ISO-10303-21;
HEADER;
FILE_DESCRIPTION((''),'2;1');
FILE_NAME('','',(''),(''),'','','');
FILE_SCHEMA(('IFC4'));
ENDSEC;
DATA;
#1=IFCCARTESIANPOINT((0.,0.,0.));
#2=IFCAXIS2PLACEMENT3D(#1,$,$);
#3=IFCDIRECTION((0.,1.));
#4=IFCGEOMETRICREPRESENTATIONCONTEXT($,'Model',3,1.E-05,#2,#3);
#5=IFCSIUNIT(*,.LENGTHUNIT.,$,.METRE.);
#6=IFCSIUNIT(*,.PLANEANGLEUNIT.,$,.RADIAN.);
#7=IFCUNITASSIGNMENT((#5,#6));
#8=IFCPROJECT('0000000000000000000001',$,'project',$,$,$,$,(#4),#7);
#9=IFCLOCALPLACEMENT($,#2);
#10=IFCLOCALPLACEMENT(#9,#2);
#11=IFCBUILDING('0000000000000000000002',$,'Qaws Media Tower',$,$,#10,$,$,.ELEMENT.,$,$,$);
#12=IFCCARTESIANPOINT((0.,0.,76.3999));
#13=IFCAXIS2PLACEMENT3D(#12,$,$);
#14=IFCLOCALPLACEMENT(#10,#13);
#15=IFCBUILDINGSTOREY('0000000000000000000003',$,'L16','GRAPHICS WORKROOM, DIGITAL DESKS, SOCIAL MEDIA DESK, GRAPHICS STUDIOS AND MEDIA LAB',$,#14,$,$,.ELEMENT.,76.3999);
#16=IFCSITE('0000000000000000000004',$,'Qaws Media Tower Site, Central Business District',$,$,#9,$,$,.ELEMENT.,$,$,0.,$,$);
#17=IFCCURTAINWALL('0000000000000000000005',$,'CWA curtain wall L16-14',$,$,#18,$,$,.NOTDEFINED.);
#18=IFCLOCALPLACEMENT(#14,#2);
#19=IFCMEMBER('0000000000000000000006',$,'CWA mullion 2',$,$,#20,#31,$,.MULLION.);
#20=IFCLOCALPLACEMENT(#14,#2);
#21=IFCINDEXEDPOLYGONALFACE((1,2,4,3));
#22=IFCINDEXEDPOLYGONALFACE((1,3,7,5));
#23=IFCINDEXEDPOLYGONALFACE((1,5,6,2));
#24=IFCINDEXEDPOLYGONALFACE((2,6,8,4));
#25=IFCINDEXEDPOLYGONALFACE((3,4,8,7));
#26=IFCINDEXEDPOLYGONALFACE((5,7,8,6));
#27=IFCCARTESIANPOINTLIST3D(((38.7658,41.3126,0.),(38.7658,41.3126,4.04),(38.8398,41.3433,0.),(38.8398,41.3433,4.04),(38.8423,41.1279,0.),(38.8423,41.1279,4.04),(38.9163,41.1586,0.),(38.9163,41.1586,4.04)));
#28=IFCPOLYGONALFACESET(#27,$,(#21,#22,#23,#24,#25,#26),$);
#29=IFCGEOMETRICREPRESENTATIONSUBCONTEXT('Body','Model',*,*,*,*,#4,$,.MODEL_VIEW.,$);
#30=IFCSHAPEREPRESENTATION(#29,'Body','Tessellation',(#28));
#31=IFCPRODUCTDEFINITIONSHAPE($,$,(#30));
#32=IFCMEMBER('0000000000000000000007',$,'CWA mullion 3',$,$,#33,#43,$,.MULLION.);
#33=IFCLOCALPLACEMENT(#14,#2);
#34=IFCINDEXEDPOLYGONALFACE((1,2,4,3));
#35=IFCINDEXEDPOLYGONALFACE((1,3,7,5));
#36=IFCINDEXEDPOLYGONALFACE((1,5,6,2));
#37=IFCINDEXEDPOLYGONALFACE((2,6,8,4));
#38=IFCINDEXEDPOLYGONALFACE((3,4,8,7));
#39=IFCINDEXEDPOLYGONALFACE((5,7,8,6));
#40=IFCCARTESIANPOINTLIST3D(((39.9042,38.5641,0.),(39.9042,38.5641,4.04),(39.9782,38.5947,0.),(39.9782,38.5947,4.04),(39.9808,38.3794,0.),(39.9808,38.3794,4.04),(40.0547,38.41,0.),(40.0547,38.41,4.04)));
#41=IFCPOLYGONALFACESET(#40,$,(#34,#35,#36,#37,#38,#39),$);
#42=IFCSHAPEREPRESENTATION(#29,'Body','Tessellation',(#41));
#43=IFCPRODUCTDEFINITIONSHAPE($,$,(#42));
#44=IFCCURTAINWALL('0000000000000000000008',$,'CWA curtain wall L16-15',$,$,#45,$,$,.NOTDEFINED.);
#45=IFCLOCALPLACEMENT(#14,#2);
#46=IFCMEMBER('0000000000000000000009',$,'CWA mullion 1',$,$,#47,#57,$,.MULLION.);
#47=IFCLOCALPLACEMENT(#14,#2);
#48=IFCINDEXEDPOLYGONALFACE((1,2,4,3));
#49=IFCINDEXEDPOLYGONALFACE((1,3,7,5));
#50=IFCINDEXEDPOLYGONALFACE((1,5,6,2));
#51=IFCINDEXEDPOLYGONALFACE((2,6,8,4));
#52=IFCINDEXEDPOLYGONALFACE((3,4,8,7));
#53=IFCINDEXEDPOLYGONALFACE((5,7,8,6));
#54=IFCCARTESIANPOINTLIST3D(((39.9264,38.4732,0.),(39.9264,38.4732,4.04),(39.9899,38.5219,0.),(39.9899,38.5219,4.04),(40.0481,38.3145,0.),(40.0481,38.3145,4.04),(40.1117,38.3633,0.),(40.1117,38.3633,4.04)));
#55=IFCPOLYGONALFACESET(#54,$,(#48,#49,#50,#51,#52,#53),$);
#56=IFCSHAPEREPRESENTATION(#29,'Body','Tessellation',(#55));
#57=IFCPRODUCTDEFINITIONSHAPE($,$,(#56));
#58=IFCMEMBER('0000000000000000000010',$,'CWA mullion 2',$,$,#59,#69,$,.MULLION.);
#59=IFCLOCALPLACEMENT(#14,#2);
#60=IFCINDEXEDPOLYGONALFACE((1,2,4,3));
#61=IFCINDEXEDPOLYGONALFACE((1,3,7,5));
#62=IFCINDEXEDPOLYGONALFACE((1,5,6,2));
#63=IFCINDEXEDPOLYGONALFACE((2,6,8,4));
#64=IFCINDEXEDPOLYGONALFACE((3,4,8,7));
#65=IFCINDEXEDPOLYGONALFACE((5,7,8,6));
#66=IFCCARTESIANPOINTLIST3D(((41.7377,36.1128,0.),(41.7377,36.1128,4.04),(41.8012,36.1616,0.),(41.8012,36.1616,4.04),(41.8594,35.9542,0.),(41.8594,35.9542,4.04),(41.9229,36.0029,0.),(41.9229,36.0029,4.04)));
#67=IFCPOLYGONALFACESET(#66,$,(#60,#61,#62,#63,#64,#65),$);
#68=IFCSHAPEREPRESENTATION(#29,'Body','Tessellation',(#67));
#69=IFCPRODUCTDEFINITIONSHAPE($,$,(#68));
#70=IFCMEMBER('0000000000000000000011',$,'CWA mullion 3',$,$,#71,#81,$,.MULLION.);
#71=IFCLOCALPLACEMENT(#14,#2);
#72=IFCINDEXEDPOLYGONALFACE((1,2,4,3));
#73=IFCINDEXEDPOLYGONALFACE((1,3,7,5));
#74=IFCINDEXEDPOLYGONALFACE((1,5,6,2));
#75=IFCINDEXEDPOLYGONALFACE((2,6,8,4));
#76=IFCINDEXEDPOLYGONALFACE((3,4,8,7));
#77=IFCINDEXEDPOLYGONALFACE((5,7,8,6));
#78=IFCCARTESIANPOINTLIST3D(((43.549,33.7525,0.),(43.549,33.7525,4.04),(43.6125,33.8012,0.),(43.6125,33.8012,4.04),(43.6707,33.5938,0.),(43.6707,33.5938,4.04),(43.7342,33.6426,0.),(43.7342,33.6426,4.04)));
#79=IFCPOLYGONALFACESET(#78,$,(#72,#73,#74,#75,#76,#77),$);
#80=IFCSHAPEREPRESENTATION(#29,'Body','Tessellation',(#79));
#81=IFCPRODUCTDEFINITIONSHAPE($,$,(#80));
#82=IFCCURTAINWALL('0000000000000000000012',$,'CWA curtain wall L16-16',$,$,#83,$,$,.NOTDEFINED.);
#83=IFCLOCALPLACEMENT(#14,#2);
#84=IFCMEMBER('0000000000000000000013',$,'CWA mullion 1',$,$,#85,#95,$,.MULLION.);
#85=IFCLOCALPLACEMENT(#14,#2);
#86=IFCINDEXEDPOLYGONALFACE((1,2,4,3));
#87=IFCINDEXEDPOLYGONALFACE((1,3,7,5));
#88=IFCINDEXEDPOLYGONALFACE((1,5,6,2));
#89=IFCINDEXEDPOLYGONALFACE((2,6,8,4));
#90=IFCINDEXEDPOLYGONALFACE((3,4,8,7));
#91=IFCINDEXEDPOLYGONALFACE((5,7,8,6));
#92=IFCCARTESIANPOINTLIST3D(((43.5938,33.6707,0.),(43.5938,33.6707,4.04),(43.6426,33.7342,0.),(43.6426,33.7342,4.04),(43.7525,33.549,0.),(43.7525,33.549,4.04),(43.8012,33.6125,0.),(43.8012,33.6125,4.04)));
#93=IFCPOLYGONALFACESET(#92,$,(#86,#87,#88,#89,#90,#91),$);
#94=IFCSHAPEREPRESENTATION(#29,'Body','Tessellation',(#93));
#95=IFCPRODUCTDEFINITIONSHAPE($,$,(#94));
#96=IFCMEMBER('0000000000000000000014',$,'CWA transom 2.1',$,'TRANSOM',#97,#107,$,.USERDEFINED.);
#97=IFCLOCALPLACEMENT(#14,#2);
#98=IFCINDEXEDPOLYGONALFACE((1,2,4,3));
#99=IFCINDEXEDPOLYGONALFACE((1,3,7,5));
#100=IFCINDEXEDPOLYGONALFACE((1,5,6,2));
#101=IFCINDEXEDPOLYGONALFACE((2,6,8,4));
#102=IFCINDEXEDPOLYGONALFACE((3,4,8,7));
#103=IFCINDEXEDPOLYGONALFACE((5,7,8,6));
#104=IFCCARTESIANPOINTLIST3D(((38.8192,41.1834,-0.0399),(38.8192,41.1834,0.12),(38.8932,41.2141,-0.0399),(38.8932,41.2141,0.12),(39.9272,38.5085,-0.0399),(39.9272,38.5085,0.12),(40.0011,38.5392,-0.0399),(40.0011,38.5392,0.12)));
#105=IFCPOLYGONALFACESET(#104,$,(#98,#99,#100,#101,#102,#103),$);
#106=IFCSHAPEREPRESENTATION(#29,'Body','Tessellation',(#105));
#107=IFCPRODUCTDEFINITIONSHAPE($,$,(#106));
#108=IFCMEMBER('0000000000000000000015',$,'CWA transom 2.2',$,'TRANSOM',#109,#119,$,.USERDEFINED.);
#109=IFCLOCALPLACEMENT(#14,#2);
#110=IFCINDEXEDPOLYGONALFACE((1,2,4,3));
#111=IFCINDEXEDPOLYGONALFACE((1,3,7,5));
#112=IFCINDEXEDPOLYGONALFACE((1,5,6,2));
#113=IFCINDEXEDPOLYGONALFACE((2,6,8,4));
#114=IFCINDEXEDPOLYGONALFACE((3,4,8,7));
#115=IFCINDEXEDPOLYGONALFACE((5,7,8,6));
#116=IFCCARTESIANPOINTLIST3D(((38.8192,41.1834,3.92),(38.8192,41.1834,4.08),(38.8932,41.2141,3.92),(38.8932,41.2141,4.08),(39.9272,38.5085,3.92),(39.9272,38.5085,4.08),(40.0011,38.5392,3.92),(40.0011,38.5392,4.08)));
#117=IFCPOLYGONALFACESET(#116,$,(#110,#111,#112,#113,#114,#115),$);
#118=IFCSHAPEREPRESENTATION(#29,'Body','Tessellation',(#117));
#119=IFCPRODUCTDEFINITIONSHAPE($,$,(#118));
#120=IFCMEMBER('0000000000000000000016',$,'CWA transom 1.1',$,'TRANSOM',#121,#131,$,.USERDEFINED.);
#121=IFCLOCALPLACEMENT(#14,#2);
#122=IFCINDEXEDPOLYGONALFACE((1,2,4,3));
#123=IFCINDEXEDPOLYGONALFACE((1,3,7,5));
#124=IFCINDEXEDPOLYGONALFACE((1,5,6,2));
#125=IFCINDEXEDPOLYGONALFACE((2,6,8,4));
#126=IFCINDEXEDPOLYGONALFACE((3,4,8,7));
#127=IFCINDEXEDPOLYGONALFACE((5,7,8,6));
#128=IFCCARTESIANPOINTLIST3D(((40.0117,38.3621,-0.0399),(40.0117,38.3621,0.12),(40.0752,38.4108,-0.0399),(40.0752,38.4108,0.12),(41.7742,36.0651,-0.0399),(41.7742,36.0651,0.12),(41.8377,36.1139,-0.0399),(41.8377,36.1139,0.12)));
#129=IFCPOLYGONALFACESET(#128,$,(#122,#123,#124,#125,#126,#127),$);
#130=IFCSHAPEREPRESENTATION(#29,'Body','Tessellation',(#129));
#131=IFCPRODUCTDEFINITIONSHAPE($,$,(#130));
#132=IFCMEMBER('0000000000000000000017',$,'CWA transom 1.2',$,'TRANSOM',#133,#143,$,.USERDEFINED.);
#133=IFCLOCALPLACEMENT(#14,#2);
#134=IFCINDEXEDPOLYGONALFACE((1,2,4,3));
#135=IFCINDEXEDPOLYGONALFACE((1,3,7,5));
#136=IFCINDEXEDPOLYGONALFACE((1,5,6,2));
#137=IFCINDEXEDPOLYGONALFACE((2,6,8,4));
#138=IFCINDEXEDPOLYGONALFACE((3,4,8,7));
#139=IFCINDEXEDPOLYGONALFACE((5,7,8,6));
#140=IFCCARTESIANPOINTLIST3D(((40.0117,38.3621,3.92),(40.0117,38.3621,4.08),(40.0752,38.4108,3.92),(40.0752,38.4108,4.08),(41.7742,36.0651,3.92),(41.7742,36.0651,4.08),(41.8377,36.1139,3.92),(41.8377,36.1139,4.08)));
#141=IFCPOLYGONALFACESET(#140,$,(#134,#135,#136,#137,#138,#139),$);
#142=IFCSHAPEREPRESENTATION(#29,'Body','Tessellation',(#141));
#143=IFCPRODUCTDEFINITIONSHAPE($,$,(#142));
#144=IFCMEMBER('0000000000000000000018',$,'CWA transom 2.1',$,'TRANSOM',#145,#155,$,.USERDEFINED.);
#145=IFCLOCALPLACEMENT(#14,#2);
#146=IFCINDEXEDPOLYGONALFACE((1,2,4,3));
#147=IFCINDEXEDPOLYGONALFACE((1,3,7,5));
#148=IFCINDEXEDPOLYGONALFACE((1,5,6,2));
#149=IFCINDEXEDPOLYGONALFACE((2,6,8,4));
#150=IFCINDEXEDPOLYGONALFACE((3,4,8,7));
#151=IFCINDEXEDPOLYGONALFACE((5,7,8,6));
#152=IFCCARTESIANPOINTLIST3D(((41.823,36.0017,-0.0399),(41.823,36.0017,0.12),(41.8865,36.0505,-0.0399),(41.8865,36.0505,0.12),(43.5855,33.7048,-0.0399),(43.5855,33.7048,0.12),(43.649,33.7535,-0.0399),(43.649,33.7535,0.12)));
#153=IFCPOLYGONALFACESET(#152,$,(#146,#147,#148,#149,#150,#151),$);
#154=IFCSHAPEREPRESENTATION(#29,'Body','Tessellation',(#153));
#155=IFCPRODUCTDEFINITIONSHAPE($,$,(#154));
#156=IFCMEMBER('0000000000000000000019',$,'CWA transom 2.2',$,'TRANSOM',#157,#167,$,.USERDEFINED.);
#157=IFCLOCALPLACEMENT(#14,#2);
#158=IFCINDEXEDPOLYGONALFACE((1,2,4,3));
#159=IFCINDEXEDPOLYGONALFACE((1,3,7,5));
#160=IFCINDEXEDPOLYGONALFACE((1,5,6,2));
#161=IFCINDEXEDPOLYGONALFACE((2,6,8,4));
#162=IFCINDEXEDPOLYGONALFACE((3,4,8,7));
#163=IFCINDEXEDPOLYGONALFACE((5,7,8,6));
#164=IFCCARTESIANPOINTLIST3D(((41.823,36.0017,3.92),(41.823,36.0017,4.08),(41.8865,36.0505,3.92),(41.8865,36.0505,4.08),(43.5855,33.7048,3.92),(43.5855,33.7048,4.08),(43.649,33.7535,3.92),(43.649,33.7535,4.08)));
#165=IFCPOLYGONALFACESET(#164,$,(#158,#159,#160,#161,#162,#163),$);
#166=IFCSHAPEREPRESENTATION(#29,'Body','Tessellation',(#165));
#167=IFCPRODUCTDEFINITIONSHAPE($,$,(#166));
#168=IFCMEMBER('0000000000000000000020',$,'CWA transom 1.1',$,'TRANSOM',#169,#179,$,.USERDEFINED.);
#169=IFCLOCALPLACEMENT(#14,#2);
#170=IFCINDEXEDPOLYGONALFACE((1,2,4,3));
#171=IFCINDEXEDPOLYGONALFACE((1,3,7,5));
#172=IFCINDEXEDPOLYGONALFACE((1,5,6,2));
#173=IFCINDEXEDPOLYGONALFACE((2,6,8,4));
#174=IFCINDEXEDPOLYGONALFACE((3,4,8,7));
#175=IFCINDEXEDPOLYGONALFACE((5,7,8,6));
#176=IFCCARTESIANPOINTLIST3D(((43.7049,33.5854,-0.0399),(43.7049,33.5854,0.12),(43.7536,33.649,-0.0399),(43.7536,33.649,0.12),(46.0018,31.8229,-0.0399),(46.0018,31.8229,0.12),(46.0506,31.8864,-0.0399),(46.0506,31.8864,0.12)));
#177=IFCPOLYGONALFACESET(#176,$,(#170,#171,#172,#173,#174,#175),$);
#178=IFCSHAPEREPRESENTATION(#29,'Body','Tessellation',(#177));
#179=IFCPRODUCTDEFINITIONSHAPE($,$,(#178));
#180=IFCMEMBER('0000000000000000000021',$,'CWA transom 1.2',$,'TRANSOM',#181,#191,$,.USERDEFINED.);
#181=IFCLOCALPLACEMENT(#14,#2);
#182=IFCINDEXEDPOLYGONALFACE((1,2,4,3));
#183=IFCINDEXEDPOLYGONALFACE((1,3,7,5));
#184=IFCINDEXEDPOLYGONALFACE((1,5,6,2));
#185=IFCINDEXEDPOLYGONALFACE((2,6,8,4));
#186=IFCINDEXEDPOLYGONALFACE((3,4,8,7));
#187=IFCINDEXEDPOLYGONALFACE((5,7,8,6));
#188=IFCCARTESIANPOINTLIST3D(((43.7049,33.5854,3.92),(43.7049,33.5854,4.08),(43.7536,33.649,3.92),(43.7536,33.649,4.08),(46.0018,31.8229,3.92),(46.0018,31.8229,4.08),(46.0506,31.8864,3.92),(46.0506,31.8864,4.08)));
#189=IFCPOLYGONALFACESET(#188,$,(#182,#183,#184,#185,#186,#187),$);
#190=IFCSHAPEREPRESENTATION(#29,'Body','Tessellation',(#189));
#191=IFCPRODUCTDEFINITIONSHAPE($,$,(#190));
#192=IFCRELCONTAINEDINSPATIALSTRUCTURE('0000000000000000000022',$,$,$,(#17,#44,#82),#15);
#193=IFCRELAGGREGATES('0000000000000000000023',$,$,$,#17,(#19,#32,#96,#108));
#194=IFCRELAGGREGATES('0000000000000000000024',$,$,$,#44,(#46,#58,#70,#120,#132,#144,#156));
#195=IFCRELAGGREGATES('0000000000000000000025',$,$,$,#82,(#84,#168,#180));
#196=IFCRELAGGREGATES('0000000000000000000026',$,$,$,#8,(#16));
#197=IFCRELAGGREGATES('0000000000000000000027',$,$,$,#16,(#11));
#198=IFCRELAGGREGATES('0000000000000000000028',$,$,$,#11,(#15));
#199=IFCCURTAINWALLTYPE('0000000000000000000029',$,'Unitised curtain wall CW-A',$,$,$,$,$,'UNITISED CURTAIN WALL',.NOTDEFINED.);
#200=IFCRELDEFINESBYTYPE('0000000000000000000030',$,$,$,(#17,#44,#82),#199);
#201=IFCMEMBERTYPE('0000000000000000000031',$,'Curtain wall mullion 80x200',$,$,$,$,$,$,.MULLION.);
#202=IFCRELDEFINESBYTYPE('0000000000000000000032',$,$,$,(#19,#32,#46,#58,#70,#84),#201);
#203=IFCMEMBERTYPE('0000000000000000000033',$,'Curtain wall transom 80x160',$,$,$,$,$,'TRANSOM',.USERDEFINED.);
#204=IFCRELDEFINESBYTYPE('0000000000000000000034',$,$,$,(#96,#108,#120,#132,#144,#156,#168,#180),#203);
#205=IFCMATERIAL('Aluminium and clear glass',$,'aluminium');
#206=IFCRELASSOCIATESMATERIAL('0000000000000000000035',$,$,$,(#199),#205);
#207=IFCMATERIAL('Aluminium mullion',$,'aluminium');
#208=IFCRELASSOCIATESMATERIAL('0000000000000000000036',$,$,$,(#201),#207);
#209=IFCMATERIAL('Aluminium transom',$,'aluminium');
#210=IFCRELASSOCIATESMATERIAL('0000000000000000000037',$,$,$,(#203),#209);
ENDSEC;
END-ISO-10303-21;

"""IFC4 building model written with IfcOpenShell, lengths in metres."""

from ifc_helpers import new_model, si_unit, direction, frame, origin, origin_2d, place, context, subcontext, project, spatial, rectangle, extrude, material, material_profile, profile_set, type_object, element, aggregate, save


model = new_model("IFC4")

# Units and contexts
model_context = context("Model", 3, precision=1e-05, world=origin(), true_north=direction((0.0, 1.0)))
body_context = subcontext(model_context, "Body", "Model", "MODEL_VIEW")
ifc_project = project(units=[si_unit("LENGTHUNIT", "METRE"), si_unit("PLANEANGLEUNIT", "RADIAN")], contexts=[model_context])

# Site, building, storey
site_placement = place(None, origin())
site = spatial("IfcSite", under=ifc_project, at=site_placement, Name="Qaws Media Tower Site, Central Business District", CompositionType="ELEMENT", RefElevation=0.0)
building_placement = place(site_placement, origin())
building = spatial("IfcBuilding", under=site, at=building_placement, Name="Qaws Media Tower", CompositionType="ELEMENT")
storey_placement = place(building_placement, frame((0.0, 0.0, 76.3999)))
storey = spatial("IfcBuildingStorey", under=building, at=storey_placement, Name="L16", Description="GRAPHICS WORKROOM, DIGITAL DESKS, SOCIAL MEDIA DESK, GRAPHICS STUDIOS AND MEDIA LAB", CompositionType="ELEMENT", Elevation=76.3999)

# Curtain walls, members
ifc_material_1 = material(Name="Aluminium and clear glass", Category="aluminium")
curtain_wall_type = type_object("IfcCurtainWallType", Name="Unitised curtain wall CW-A", ElementType="UNITISED CURTAIN WALL", PredefinedType="NOTDEFINED", material=ifc_material_1)
curtain_wall_1_placement = place(storey_placement, origin())
curtain_wall_1 = element("IfcCurtainWall", 1, at=curtain_wall_1_placement, inside=storey, type_object=curtain_wall_type, Name="CWA curtain wall L16-14", PredefinedType="NOTDEFINED")
ifc_material_2 = material(Name="Aluminium mullion", Category="aluminium")
ifc_material_profile_1 = material_profile(ifc_material_2, rectangle(XDim=0.0801, YDim=0.2, at=origin_2d()), Name="80x200")
ifc_profile_set_1 = profile_set([ifc_material_profile_1], Name="Aluminium mullion")
member_type_1 = type_object("IfcMemberType", Name="Curtain wall mullion 80x200", PredefinedType="MULLION", material=ifc_profile_set_1)
member_1_placement = place(storey_placement, frame((38.8411, 41.2356, 0.0), z_axis=(0.0, 0.0, 1.0), x_axis=(0.92388, 0.382683, 0.0)))
member_1 = element("IfcMember", 2, at=member_1_placement, type_object=member_type_1, Name="CWA mullion 2", PredefinedType="MULLION", context=body_context, shape_type="SweptSolid", body=[
    extrude(rectangle(XDim=0.0801, YDim=0.2, at=origin_2d()), origin(), (0.0, 0.0, 1.0), 4.04),
])
member_2_placement = place(storey_placement, frame((39.9795, 38.4871, 0.0), z_axis=(0.0, 0.0, 1.0), x_axis=(0.92388, 0.382683, 0.0)))
member_2 = element("IfcMember", 3, at=member_2_placement, type_object=member_type_1, Name="CWA mullion 3", PredefinedType="MULLION", context=body_context, shape_type="SweptSolid", body=[
    extrude(rectangle(XDim=0.0801, YDim=0.2, at=origin_2d()), origin(), (0.0, 0.0, 1.0), 4.04),
])
curtain_wall_2_placement = place(storey_placement, origin())
curtain_wall_2 = element("IfcCurtainWall", 4, at=curtain_wall_2_placement, inside=storey, type_object=curtain_wall_type, Name="CWA curtain wall L16-15", PredefinedType="NOTDEFINED")
member_3_placement = place(storey_placement, frame((40.019, 38.4182, 0.0), z_axis=(0.0, 0.0, 1.0), x_axis=(0.793353, 0.608761, 0.0)))
member_3 = element("IfcMember", 5, at=member_3_placement, type_object=member_type_1, Name="CWA mullion 1", PredefinedType="MULLION", context=body_context, shape_type="SweptSolid", body=[
    extrude(rectangle(XDim=0.0801, YDim=0.2, at=origin_2d()), origin(), (0.0, 0.0, 1.0), 4.04),
])
member_4_placement = place(storey_placement, frame((41.8303, 36.0579, 0.0), z_axis=(0.0, 0.0, 1.0), x_axis=(0.793353, 0.608761, 0.0)))
member_4 = element("IfcMember", 6, at=member_4_placement, type_object=member_type_1, Name="CWA mullion 2", PredefinedType="MULLION", context=body_context, shape_type="SweptSolid", body=[
    extrude(rectangle(XDim=0.0801, YDim=0.2, at=origin_2d()), origin(), (0.0, 0.0, 1.0), 4.04),
])
member_5_placement = place(storey_placement, frame((43.6416, 33.6975, 0.0), z_axis=(0.0, 0.0, 1.0), x_axis=(0.793353, 0.608761, 0.0)))
member_5 = element("IfcMember", 7, at=member_5_placement, type_object=member_type_1, Name="CWA mullion 3", PredefinedType="MULLION", context=body_context, shape_type="SweptSolid", body=[
    extrude(rectangle(XDim=0.0801, YDim=0.2, at=origin_2d()), origin(), (0.0, 0.0, 1.0), 4.04),
])

# Curtain wall, member
curtain_wall_3_placement = place(storey_placement, origin())
curtain_wall_3 = element("IfcCurtainWall", 8, at=curtain_wall_3_placement, inside=storey, type_object=curtain_wall_type, Name="CWA curtain wall L16-16", PredefinedType="NOTDEFINED")
member_6_placement = place(storey_placement, frame((43.6975, 33.6416, 0.0), z_axis=(0.0, 0.0, 1.0), x_axis=(0.608761, 0.793353, 0.0)))
member_6 = element("IfcMember", 9, at=member_6_placement, type_object=member_type_1, Name="CWA mullion 1", PredefinedType="MULLION", context=body_context, shape_type="SweptSolid", body=[
    extrude(rectangle(XDim=0.0801, YDim=0.2, at=origin_2d()), origin(), (0.0, 0.0, 1.0), 4.04),
])

# Members
ifc_material_3 = material(Name="Aluminium transom", Category="aluminium")
ifc_material_profile_2 = material_profile(ifc_material_3, rectangle(XDim=0.0801, YDim=0.1599, at=origin_2d()), Name="80x160")
ifc_profile_set_2 = profile_set([ifc_material_profile_2], Name="Aluminium transom")
member_type_2 = type_object("IfcMemberType", Name="Curtain wall transom 80x160", ElementType="TRANSOM", PredefinedType="USERDEFINED", material=ifc_profile_set_2)
member_7_placement = place(storey_placement, frame((38.8562, 41.1987, 0.04), z_axis=(0.382675, -0.923883, 0.0), x_axis=(0.923883, 0.382675, 0.0)))
member_7 = element("IfcMember", 10, at=member_7_placement, type_object=member_type_2, Name="CWA transom 2.1", ObjectType="TRANSOM", PredefinedType="USERDEFINED", context=body_context, shape_type="SweptSolid", body=[
    extrude(rectangle(XDim=0.0801, YDim=0.1599, at=origin_2d()), origin(), (0.0, 0.0, 1.0), 2.8953),
])
member_8_placement = place(storey_placement, frame((38.8562, 41.1987, 4.0), z_axis=(0.382675, -0.923883, 0.0), x_axis=(0.923883, 0.382675, 0.0)))
member_8 = element("IfcMember", 11, at=member_8_placement, type_object=member_type_2, Name="CWA transom 2.2", ObjectType="TRANSOM", PredefinedType="USERDEFINED", context=body_context, shape_type="SweptSolid", body=[
    extrude(rectangle(XDim=0.0801, YDim=0.1599, at=origin_2d()), origin(), (0.0, 0.0, 1.0), 2.8953),
])
member_9_placement = place(storey_placement, frame((40.0435, 38.3865, 0.04), z_axis=(0.608761, -0.793354, 0.0), x_axis=(0.793354, 0.608761, 0.0)))
member_9 = element("IfcMember", 12, at=member_9_placement, type_object=member_type_2, Name="CWA transom 1.1", ObjectType="TRANSOM", PredefinedType="USERDEFINED", context=body_context, shape_type="SweptSolid", body=[
    extrude(rectangle(XDim=0.0801, YDim=0.1599, at=origin_2d()), origin(), (0.0, 0.0, 1.0), 2.8953),
])
member_10_placement = place(storey_placement, frame((40.0435, 38.3865, 4.0), z_axis=(0.608761, -0.793354, 0.0), x_axis=(0.793354, 0.608761, 0.0)))
member_10 = element("IfcMember", 13, at=member_10_placement, type_object=member_type_2, Name="CWA transom 1.2", ObjectType="TRANSOM", PredefinedType="USERDEFINED", context=body_context, shape_type="SweptSolid", body=[
    extrude(rectangle(XDim=0.0801, YDim=0.1599, at=origin_2d()), origin(), (0.0, 0.0, 1.0), 2.8953),
])
member_11_placement = place(storey_placement, frame((41.8547, 36.0261, 0.04), z_axis=(0.608761, -0.793354, 0.0), x_axis=(0.793354, 0.608761, 0.0)))
member_11 = element("IfcMember", 14, at=member_11_placement, type_object=member_type_2, Name="CWA transom 2.1", ObjectType="TRANSOM", PredefinedType="USERDEFINED", context=body_context, shape_type="SweptSolid", body=[
    extrude(rectangle(XDim=0.0801, YDim=0.1599, at=origin_2d()), origin(), (0.0, 0.0, 1.0), 2.8953),
])
member_12_placement = place(storey_placement, frame((41.8547, 36.0261, 4.0), z_axis=(0.608761, -0.793354, 0.0), x_axis=(0.793354, 0.608761, 0.0)))
member_12 = element("IfcMember", 15, at=member_12_placement, type_object=member_type_2, Name="CWA transom 2.2", ObjectType="TRANSOM", PredefinedType="USERDEFINED", context=body_context, shape_type="SweptSolid", body=[
    extrude(rectangle(XDim=0.0801, YDim=0.1599, at=origin_2d()), origin(), (0.0, 0.0, 1.0), 2.8953),
])
member_13_placement = place(storey_placement, frame((43.7292, 33.6172, 0.04), z_axis=(0.793354, -0.608761, 0.0), x_axis=(0.608761, 0.793354, 0.0)))
member_13 = element("IfcMember", 16, at=member_13_placement, type_object=member_type_2, Name="CWA transom 1.1", ObjectType="TRANSOM", PredefinedType="USERDEFINED", context=body_context, shape_type="SweptSolid", body=[
    extrude(rectangle(XDim=0.0801, YDim=0.1599, at=origin_2d()), origin(), (0.0, 0.0, 1.0), 2.8953),
])
member_14_placement = place(storey_placement, frame((43.7292, 33.6172, 4.0), z_axis=(0.793354, -0.608761, 0.0), x_axis=(0.608761, 0.793354, 0.0)))
member_14 = element("IfcMember", 17, at=member_14_placement, type_object=member_type_2, Name="CWA transom 1.2", ObjectType="TRANSOM", PredefinedType="USERDEFINED", context=body_context, shape_type="SweptSolid", body=[
    extrude(rectangle(XDim=0.0801, YDim=0.1599, at=origin_2d()), origin(), (0.0, 0.0, 1.0), 2.8953),
])

aggregate(curtain_wall_1, [member_1, member_2, member_7, member_8])
aggregate(curtain_wall_2, [member_3, member_4, member_5, member_9, member_10, member_11, member_12])
aggregate(curtain_wall_3, [member_6, member_13, member_14])

save(model, "model.ifc")
